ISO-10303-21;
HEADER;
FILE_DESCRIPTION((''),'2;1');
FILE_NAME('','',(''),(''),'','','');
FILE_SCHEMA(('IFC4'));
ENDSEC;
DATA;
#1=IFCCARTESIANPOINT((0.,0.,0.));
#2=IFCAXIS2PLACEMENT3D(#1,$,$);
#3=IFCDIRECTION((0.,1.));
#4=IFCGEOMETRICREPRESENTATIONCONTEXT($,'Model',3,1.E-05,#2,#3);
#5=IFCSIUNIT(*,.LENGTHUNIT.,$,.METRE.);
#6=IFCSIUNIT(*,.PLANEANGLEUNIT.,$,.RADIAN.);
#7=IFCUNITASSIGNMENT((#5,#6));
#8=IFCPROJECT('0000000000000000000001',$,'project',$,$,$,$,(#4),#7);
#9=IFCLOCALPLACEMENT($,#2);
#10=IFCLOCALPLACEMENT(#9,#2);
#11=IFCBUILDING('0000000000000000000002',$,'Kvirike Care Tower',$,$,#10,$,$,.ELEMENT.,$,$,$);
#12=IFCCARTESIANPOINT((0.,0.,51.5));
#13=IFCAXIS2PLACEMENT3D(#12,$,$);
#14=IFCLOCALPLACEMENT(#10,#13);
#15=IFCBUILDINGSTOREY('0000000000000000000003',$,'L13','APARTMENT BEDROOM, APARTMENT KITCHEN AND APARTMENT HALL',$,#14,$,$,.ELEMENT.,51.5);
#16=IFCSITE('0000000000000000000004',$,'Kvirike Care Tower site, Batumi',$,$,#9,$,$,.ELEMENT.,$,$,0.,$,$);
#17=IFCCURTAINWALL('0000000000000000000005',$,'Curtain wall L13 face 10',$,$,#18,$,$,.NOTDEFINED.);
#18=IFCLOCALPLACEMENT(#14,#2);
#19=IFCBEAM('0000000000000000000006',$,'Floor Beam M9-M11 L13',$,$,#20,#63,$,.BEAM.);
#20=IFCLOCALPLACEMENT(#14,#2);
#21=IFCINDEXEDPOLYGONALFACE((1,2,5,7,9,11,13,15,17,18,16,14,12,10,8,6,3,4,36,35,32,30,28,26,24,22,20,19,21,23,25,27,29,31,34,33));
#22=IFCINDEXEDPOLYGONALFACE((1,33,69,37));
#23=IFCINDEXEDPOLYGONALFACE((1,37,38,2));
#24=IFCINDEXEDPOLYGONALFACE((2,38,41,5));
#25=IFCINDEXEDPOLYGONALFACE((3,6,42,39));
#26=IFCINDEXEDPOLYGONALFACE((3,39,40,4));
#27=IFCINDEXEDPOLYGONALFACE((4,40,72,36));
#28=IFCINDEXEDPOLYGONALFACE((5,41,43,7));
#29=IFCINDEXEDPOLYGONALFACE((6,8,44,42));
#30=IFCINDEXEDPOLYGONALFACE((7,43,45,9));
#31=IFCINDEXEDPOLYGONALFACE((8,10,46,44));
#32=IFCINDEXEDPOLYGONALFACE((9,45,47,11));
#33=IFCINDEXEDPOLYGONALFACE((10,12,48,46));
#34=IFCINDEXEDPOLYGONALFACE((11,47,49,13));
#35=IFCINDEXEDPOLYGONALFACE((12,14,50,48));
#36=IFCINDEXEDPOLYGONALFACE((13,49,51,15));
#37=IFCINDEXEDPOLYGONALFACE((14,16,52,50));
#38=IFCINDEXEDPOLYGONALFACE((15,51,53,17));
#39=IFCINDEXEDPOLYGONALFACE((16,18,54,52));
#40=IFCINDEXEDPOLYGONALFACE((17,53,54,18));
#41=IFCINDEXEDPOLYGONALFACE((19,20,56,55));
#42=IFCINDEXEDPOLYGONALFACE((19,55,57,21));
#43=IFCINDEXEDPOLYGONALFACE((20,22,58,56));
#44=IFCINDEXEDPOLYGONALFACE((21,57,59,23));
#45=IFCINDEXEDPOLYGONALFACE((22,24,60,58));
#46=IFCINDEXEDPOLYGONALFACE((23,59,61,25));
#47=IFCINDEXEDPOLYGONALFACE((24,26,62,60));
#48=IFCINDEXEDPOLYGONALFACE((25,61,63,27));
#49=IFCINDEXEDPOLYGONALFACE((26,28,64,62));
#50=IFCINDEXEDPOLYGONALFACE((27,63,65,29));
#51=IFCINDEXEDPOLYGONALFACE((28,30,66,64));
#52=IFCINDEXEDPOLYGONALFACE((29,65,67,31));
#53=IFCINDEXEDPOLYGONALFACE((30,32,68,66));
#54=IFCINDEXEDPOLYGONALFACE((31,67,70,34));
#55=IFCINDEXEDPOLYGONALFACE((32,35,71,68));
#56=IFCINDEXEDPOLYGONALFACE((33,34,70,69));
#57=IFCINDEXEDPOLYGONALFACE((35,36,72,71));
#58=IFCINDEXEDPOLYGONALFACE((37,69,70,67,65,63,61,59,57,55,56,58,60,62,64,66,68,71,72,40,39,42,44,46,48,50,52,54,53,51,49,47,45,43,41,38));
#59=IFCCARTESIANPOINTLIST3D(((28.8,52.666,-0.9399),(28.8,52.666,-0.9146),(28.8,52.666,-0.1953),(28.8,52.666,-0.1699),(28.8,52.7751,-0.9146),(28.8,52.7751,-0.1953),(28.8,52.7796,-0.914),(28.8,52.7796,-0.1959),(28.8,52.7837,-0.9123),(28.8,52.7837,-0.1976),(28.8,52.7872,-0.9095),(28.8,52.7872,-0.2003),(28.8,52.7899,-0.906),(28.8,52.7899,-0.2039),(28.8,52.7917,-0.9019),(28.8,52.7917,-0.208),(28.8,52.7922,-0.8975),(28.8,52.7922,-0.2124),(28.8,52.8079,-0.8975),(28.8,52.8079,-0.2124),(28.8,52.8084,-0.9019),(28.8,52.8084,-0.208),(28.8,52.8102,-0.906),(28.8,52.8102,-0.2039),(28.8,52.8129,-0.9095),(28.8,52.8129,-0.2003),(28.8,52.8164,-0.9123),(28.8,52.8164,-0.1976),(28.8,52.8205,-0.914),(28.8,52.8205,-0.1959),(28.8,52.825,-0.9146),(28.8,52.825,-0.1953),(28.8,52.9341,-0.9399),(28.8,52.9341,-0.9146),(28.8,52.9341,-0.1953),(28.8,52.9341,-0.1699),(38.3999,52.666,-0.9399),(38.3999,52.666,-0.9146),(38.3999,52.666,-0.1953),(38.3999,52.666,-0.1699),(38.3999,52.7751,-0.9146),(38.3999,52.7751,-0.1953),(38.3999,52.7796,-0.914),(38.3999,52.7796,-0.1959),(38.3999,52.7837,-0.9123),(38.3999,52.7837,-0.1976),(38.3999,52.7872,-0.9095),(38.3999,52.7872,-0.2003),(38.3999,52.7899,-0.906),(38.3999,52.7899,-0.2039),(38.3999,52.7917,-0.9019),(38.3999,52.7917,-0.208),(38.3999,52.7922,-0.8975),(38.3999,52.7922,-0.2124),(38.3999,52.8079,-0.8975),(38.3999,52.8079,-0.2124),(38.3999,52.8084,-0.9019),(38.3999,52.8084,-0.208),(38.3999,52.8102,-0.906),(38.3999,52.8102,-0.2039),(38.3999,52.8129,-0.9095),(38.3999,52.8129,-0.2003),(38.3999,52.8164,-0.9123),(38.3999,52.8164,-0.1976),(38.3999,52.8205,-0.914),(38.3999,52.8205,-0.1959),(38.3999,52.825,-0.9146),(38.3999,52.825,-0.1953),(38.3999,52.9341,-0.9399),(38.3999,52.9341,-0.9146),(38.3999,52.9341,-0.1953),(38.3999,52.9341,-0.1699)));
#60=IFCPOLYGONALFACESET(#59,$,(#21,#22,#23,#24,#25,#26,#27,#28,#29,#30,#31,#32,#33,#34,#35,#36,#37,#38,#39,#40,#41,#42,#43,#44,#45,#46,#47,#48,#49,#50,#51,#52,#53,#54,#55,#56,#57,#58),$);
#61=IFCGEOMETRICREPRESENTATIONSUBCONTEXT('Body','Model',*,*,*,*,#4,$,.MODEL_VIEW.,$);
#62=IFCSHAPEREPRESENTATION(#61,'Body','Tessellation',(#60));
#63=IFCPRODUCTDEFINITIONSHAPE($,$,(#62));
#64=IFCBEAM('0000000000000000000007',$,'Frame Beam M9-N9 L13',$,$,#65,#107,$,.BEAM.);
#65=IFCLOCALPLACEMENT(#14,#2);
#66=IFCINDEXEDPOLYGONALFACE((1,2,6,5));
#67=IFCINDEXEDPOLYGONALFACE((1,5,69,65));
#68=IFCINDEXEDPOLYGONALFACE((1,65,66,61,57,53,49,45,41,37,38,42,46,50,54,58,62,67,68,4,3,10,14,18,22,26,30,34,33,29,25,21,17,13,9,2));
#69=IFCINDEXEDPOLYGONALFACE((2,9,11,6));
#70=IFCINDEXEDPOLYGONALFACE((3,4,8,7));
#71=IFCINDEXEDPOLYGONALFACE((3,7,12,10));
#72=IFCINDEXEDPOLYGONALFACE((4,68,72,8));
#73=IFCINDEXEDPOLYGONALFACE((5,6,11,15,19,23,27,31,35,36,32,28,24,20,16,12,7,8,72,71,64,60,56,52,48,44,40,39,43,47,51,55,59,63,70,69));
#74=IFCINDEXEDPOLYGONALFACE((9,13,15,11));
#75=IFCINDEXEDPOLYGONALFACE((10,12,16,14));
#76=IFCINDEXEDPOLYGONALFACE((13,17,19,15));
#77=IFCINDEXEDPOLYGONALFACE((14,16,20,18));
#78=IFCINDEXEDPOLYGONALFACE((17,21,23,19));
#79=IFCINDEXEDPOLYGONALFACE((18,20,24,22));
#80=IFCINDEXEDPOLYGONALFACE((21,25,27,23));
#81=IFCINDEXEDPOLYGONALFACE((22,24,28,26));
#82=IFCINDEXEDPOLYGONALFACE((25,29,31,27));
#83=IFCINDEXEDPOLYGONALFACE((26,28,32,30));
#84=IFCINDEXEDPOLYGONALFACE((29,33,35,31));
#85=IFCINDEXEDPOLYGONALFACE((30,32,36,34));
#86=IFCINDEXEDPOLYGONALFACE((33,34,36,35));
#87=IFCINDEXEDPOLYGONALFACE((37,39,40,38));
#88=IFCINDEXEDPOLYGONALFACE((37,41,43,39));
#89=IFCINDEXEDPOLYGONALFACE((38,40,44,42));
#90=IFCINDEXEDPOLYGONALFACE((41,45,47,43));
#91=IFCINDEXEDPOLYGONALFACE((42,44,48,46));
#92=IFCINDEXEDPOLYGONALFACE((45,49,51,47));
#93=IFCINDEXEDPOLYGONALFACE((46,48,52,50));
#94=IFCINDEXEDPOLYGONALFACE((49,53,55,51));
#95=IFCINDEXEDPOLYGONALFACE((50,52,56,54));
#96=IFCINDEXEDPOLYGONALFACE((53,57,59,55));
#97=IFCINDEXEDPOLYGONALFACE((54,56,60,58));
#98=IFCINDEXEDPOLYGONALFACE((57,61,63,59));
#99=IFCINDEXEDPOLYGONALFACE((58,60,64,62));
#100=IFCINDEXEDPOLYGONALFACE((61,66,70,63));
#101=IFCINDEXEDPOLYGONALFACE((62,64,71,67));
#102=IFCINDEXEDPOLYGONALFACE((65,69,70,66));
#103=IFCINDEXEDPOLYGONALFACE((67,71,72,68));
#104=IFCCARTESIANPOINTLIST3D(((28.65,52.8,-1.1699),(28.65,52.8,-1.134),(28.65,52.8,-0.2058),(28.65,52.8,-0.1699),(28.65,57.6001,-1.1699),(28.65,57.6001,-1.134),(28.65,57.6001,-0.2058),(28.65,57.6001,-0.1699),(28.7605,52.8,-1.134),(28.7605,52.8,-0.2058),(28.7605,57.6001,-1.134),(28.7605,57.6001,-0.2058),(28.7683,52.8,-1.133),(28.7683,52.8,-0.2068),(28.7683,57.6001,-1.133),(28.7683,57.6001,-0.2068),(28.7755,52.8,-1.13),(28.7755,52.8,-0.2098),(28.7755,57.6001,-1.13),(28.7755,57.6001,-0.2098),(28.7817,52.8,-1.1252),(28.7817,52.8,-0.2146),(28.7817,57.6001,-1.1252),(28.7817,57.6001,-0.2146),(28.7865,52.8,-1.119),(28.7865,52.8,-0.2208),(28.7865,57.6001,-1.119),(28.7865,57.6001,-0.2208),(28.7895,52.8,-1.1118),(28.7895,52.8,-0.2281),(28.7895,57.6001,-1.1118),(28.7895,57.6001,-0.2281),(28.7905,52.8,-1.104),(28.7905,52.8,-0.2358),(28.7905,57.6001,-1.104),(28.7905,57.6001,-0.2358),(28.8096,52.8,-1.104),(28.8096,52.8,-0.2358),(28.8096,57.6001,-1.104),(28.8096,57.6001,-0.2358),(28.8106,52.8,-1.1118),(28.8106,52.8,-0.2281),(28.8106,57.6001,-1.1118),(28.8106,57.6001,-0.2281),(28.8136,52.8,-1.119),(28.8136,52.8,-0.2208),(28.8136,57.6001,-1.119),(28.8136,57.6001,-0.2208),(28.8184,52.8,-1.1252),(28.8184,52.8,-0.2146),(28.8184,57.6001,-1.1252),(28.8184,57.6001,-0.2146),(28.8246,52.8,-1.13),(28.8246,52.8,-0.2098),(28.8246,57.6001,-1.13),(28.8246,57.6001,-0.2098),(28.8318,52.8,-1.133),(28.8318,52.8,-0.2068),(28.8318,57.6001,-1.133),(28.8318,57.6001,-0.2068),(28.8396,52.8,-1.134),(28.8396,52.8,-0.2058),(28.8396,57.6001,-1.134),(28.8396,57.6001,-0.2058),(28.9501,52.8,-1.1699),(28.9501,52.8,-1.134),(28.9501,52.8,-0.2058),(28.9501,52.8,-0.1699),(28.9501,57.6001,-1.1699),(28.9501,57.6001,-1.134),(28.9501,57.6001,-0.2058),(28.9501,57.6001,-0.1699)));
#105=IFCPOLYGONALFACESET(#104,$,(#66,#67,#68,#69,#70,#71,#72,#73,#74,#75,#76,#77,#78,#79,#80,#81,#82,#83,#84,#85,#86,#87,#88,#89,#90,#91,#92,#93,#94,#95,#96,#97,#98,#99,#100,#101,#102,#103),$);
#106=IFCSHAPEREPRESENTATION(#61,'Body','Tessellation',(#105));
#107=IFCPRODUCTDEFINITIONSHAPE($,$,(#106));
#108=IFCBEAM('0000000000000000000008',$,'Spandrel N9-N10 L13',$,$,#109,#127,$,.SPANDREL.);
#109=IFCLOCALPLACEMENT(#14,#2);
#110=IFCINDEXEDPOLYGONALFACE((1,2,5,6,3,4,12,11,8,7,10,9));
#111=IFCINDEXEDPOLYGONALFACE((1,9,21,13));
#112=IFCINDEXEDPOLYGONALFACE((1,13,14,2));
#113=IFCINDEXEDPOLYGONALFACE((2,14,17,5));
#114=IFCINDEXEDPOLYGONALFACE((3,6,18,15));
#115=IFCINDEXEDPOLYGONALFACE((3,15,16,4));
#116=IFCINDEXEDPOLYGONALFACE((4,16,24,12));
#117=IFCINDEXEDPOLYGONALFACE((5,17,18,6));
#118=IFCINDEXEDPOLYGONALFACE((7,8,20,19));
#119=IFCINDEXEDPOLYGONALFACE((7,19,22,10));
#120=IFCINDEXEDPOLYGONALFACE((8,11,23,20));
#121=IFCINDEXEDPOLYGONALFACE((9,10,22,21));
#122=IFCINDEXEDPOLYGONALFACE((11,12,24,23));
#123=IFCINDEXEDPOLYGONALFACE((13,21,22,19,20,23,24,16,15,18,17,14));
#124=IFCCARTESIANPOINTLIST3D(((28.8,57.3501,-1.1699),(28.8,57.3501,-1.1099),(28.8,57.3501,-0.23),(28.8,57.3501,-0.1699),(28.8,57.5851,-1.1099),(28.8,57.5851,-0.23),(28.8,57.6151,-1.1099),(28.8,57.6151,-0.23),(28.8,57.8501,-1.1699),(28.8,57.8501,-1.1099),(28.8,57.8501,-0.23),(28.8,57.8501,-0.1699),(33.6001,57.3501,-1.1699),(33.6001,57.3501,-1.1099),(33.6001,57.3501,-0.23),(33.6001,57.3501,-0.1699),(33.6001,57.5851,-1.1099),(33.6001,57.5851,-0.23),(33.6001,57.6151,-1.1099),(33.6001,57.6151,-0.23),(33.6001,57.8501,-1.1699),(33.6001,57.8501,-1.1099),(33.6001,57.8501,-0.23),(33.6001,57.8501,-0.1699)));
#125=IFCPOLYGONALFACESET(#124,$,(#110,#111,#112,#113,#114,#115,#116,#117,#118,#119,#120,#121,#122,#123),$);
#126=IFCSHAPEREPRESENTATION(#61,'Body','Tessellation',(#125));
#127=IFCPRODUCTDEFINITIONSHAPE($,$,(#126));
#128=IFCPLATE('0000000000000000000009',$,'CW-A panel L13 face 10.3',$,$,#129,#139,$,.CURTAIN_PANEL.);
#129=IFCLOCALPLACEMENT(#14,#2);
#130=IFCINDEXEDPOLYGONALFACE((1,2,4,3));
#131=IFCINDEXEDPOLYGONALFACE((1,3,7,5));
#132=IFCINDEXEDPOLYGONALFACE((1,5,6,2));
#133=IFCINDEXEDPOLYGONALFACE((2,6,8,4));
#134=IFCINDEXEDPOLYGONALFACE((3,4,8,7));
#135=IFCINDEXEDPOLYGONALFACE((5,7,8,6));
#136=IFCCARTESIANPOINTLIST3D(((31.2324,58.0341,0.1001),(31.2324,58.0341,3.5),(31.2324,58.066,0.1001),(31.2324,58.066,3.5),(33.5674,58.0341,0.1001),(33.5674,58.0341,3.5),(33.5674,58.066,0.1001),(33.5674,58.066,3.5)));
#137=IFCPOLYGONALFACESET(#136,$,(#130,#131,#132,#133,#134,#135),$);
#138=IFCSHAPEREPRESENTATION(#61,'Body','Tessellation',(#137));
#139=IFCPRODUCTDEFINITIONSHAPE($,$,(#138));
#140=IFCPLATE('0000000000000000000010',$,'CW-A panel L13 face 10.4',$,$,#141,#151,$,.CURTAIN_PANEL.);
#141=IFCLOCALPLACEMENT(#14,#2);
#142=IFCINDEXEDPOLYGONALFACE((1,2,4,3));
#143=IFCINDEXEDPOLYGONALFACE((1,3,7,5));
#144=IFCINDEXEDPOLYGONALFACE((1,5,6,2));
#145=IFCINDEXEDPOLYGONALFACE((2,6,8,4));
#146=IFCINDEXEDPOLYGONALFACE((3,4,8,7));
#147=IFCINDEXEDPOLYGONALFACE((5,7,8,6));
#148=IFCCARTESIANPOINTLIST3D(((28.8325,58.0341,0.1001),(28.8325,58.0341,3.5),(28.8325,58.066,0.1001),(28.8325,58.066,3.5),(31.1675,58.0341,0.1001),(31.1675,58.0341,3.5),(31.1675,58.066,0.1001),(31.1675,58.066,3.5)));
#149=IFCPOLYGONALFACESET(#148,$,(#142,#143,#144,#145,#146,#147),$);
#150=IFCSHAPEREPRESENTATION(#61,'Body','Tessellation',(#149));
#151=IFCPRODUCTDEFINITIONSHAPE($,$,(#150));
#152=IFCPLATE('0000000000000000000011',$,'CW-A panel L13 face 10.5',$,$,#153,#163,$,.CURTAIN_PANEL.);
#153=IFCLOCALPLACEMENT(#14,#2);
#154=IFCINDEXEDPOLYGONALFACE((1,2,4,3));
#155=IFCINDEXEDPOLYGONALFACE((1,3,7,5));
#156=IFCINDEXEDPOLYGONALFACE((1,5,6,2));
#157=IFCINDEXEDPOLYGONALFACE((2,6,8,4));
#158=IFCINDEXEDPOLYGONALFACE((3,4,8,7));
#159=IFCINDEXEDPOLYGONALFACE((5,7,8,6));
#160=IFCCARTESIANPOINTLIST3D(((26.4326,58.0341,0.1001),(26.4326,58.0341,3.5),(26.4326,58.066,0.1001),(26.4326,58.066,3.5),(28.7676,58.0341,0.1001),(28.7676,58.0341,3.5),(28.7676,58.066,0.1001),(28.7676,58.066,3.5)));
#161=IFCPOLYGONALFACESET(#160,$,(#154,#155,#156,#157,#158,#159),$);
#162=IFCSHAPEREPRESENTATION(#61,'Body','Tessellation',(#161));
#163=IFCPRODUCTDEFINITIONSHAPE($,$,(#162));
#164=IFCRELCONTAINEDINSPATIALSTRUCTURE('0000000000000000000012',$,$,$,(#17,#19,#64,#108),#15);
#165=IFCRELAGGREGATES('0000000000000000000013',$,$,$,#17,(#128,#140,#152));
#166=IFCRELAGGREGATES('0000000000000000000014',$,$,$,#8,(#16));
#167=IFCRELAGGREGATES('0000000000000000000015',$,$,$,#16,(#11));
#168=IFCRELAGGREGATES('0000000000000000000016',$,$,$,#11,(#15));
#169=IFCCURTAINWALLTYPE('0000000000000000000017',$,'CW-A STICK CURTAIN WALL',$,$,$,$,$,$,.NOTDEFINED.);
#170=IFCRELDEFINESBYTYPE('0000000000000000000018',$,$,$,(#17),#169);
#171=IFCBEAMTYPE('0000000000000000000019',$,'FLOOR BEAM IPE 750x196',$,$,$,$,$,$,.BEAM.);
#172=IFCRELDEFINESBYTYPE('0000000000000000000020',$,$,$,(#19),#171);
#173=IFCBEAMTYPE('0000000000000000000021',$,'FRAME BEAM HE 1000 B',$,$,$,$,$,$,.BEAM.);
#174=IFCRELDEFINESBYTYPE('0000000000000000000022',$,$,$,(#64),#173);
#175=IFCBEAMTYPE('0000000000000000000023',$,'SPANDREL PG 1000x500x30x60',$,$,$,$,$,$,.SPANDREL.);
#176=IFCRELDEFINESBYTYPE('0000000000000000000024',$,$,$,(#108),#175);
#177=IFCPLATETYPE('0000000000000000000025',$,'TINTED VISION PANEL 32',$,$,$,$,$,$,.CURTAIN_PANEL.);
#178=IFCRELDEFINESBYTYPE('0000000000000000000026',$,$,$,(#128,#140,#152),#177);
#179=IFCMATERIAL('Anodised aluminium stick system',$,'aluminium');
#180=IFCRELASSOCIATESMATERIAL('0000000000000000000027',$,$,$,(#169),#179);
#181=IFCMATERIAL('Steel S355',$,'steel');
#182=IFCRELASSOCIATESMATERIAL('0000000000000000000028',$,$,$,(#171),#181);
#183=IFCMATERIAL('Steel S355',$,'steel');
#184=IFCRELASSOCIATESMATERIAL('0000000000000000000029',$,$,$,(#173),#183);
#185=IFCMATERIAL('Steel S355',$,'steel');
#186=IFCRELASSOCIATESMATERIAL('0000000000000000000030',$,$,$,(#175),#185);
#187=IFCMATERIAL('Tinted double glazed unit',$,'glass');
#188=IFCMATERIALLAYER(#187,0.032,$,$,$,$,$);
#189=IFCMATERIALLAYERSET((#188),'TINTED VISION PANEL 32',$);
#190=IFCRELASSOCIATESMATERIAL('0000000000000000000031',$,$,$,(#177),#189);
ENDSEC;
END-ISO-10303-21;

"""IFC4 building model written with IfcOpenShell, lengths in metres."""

from ifc_helpers import new_model, si_unit, direction, frame, origin, origin_2d, place, context, subcontext, project, spatial, rectangle, i_section, extrude, material, layer, layer_set, material_profile, profile_set, type_object, element, aggregate, save


model = new_model("IFC4")

# Units and contexts
model_context = context("Model", 3, precision=1e-05, world=origin(), true_north=direction((0.0, 1.0)))
body_context = subcontext(model_context, "Body", "Model", "MODEL_VIEW")
ifc_project = project(units=[si_unit("LENGTHUNIT", "METRE"), si_unit("PLANEANGLEUNIT", "RADIAN")], contexts=[model_context])

# Site, building, storey
site_placement = place(None, origin())
site = spatial("IfcSite", under=ifc_project, at=site_placement, Name="Kvirike Care Tower site, Batumi", CompositionType="ELEMENT", RefElevation=0.0)
building_placement = place(site_placement, origin())
building = spatial("IfcBuilding", under=site, at=building_placement, Name="Kvirike Care Tower", CompositionType="ELEMENT")
storey_placement = place(building_placement, frame((0.0, 0.0, 51.5)))
storey = spatial("IfcBuildingStorey", under=building, at=storey_placement, Name="L13", Description="APARTMENT BEDROOM, APARTMENT KITCHEN AND APARTMENT HALL", CompositionType="ELEMENT", Elevation=51.5)

# Curtain wall
ifc_material_1 = material(Name="Anodised aluminium stick system", Category="aluminium")
curtain_wall_type = type_object("IfcCurtainWallType", Name="CW-A STICK CURTAIN WALL", PredefinedType="NOTDEFINED", material=ifc_material_1)
curtain_wall_placement = place(storey_placement, origin())
curtain_wall = element("IfcCurtainWall", 1, at=curtain_wall_placement, inside=storey, type_object=curtain_wall_type, Name="Curtain wall L13 face 10", PredefinedType="NOTDEFINED")

# Beams
ifc_material_2 = material(Name="Steel S355", Category="steel")
ifc_material_profile_1 = material_profile(ifc_material_2, i_section(OverallWidth=0.2681, OverallDepth=0.77, WebThickness=0.0156, FlangeThickness=0.0254, FilletRadius=0.0171, at=origin_2d()), Name="IPE 750x196")
ifc_profile_set_1 = profile_set([ifc_material_profile_1], Name="Steel S355")
beam_type_1 = type_object("IfcBeamType", Name="FLOOR BEAM IPE 750x196", PredefinedType="BEAM", material=ifc_profile_set_1)
beam_1_placement = place(storey_placement, frame((28.8, 52.8, -0.5549), z_axis=(1.0, 0.0, 0.0), x_axis=(0.0, 1.0, 0.0)))
element("IfcBeam", 2, at=beam_1_placement, inside=storey, type_object=beam_type_1, Name="Floor Beam M9-M11 L13", PredefinedType="BEAM", context=body_context, shape_type="SweptSolid", body=[
    extrude(i_section(OverallWidth=0.2681, OverallDepth=0.77, WebThickness=0.0156, FlangeThickness=0.0254, FilletRadius=0.0171, at=origin_2d()), origin(), (0.0, 0.0, 1.0), 9.5999),
])
ifc_material_3 = material(Name="Steel S355", Category="steel")
ifc_material_profile_2 = material_profile(ifc_material_3, i_section(OverallWidth=0.3, OverallDepth=1.0, WebThickness=0.019, FlangeThickness=0.0359, FilletRadius=0.03, at=origin_2d()), Name="HE 1000 B")
ifc_profile_set_2 = profile_set([ifc_material_profile_2], Name="Steel S355")
beam_type_2 = type_object("IfcBeamType", Name="FRAME BEAM HE 1000 B", PredefinedType="BEAM", material=ifc_profile_set_2)
beam_2_placement = place(storey_placement, frame((28.8, 52.8, -0.6699), z_axis=(0.0, 1.0, 0.0), x_axis=(-1.0, 0.0, 0.0)))
element("IfcBeam", 3, at=beam_2_placement, inside=storey, type_object=beam_type_2, Name="Frame Beam M9-N9 L13", PredefinedType="BEAM", context=body_context, shape_type="SweptSolid", body=[
    extrude(i_section(OverallWidth=0.3, OverallDepth=1.0, WebThickness=0.019, FlangeThickness=0.0359, FilletRadius=0.03, at=origin_2d()), origin(), (0.0, 0.0, 1.0), 4.8),
])
ifc_material_4 = material(Name="Steel S355", Category="steel")
ifc_material_profile_3 = material_profile(ifc_material_4, i_section(OverallWidth=0.5, OverallDepth=1.0, WebThickness=0.03, FlangeThickness=0.0601, at=origin_2d()), Name="PG 1000x500x30x60")
ifc_profile_set_3 = profile_set([ifc_material_profile_3], Name="Steel S355")
beam_type_3 = type_object("IfcBeamType", Name="SPANDREL PG 1000x500x30x60", PredefinedType="SPANDREL", material=ifc_profile_set_3)
beam_3_placement = place(storey_placement, frame((28.8, 57.6001, -0.6699), z_axis=(1.0, 0.0, 0.0), x_axis=(0.0, 1.0, 0.0)))
element("IfcBeam", 4, at=beam_3_placement, inside=storey, type_object=beam_type_3, Name="Spandrel N9-N10 L13", PredefinedType="SPANDREL", context=body_context, shape_type="SweptSolid", body=[
    extrude(i_section(OverallWidth=0.5, OverallDepth=1.0, WebThickness=0.03, FlangeThickness=0.0601, at=origin_2d()), origin(), (0.0, 0.0, 1.0), 4.8),
])

# Plates
ifc_material_5 = material(Name="Tinted double glazed unit", Category="glass")
ifc_layer_1 = layer(ifc_material_5, 0.032)
ifc_layer_set_1 = layer_set([ifc_layer_1], Name="TINTED VISION PANEL 32")
plate_type = type_object("IfcPlateType", Name="TINTED VISION PANEL 32", PredefinedType="CURTAIN_PANEL", material=ifc_layer_set_1)
plate_1_placement = place(storey_placement, frame((32.3999, 58.05, 0.1001), z_axis=(0.0, 0.0, 1.0), x_axis=(-1.0, 0.0, 0.0)))
plate_1 = element("IfcPlate", 5, at=plate_1_placement, type_object=plate_type, Name="CW-A panel L13 face 10.3", PredefinedType="CURTAIN_PANEL", context=body_context, shape_type="SweptSolid", body=[
    extrude(rectangle(XDim=2.335, YDim=0.032, at=origin_2d()), origin(), (0.0, 0.0, 1.0), 3.3999),
])
plate_2_placement = place(storey_placement, frame((30.0, 58.05, 0.1001), z_axis=(0.0, 0.0, 1.0), x_axis=(-1.0, 0.0, 0.0)))
plate_2 = element("IfcPlate", 6, at=plate_2_placement, type_object=plate_type, Name="CW-A panel L13 face 10.4", PredefinedType="CURTAIN_PANEL", context=body_context, shape_type="SweptSolid", body=[
    extrude(rectangle(XDim=2.335, YDim=0.032, at=origin_2d()), origin(), (0.0, 0.0, 1.0), 3.3999),
])
plate_3_placement = place(storey_placement, frame((27.6001, 58.05, 0.1001), z_axis=(0.0, 0.0, 1.0), x_axis=(-1.0, 0.0, 0.0)))
plate_3 = element("IfcPlate", 7, at=plate_3_placement, type_object=plate_type, Name="CW-A panel L13 face 10.5", PredefinedType="CURTAIN_PANEL", context=body_context, shape_type="SweptSolid", body=[
    extrude(rectangle(XDim=2.335, YDim=0.032, at=origin_2d()), origin(), (0.0, 0.0, 1.0), 3.3999),
])
aggregate(curtain_wall, [plate_1, plate_2, plate_3])

save(model, "model.ifc")
